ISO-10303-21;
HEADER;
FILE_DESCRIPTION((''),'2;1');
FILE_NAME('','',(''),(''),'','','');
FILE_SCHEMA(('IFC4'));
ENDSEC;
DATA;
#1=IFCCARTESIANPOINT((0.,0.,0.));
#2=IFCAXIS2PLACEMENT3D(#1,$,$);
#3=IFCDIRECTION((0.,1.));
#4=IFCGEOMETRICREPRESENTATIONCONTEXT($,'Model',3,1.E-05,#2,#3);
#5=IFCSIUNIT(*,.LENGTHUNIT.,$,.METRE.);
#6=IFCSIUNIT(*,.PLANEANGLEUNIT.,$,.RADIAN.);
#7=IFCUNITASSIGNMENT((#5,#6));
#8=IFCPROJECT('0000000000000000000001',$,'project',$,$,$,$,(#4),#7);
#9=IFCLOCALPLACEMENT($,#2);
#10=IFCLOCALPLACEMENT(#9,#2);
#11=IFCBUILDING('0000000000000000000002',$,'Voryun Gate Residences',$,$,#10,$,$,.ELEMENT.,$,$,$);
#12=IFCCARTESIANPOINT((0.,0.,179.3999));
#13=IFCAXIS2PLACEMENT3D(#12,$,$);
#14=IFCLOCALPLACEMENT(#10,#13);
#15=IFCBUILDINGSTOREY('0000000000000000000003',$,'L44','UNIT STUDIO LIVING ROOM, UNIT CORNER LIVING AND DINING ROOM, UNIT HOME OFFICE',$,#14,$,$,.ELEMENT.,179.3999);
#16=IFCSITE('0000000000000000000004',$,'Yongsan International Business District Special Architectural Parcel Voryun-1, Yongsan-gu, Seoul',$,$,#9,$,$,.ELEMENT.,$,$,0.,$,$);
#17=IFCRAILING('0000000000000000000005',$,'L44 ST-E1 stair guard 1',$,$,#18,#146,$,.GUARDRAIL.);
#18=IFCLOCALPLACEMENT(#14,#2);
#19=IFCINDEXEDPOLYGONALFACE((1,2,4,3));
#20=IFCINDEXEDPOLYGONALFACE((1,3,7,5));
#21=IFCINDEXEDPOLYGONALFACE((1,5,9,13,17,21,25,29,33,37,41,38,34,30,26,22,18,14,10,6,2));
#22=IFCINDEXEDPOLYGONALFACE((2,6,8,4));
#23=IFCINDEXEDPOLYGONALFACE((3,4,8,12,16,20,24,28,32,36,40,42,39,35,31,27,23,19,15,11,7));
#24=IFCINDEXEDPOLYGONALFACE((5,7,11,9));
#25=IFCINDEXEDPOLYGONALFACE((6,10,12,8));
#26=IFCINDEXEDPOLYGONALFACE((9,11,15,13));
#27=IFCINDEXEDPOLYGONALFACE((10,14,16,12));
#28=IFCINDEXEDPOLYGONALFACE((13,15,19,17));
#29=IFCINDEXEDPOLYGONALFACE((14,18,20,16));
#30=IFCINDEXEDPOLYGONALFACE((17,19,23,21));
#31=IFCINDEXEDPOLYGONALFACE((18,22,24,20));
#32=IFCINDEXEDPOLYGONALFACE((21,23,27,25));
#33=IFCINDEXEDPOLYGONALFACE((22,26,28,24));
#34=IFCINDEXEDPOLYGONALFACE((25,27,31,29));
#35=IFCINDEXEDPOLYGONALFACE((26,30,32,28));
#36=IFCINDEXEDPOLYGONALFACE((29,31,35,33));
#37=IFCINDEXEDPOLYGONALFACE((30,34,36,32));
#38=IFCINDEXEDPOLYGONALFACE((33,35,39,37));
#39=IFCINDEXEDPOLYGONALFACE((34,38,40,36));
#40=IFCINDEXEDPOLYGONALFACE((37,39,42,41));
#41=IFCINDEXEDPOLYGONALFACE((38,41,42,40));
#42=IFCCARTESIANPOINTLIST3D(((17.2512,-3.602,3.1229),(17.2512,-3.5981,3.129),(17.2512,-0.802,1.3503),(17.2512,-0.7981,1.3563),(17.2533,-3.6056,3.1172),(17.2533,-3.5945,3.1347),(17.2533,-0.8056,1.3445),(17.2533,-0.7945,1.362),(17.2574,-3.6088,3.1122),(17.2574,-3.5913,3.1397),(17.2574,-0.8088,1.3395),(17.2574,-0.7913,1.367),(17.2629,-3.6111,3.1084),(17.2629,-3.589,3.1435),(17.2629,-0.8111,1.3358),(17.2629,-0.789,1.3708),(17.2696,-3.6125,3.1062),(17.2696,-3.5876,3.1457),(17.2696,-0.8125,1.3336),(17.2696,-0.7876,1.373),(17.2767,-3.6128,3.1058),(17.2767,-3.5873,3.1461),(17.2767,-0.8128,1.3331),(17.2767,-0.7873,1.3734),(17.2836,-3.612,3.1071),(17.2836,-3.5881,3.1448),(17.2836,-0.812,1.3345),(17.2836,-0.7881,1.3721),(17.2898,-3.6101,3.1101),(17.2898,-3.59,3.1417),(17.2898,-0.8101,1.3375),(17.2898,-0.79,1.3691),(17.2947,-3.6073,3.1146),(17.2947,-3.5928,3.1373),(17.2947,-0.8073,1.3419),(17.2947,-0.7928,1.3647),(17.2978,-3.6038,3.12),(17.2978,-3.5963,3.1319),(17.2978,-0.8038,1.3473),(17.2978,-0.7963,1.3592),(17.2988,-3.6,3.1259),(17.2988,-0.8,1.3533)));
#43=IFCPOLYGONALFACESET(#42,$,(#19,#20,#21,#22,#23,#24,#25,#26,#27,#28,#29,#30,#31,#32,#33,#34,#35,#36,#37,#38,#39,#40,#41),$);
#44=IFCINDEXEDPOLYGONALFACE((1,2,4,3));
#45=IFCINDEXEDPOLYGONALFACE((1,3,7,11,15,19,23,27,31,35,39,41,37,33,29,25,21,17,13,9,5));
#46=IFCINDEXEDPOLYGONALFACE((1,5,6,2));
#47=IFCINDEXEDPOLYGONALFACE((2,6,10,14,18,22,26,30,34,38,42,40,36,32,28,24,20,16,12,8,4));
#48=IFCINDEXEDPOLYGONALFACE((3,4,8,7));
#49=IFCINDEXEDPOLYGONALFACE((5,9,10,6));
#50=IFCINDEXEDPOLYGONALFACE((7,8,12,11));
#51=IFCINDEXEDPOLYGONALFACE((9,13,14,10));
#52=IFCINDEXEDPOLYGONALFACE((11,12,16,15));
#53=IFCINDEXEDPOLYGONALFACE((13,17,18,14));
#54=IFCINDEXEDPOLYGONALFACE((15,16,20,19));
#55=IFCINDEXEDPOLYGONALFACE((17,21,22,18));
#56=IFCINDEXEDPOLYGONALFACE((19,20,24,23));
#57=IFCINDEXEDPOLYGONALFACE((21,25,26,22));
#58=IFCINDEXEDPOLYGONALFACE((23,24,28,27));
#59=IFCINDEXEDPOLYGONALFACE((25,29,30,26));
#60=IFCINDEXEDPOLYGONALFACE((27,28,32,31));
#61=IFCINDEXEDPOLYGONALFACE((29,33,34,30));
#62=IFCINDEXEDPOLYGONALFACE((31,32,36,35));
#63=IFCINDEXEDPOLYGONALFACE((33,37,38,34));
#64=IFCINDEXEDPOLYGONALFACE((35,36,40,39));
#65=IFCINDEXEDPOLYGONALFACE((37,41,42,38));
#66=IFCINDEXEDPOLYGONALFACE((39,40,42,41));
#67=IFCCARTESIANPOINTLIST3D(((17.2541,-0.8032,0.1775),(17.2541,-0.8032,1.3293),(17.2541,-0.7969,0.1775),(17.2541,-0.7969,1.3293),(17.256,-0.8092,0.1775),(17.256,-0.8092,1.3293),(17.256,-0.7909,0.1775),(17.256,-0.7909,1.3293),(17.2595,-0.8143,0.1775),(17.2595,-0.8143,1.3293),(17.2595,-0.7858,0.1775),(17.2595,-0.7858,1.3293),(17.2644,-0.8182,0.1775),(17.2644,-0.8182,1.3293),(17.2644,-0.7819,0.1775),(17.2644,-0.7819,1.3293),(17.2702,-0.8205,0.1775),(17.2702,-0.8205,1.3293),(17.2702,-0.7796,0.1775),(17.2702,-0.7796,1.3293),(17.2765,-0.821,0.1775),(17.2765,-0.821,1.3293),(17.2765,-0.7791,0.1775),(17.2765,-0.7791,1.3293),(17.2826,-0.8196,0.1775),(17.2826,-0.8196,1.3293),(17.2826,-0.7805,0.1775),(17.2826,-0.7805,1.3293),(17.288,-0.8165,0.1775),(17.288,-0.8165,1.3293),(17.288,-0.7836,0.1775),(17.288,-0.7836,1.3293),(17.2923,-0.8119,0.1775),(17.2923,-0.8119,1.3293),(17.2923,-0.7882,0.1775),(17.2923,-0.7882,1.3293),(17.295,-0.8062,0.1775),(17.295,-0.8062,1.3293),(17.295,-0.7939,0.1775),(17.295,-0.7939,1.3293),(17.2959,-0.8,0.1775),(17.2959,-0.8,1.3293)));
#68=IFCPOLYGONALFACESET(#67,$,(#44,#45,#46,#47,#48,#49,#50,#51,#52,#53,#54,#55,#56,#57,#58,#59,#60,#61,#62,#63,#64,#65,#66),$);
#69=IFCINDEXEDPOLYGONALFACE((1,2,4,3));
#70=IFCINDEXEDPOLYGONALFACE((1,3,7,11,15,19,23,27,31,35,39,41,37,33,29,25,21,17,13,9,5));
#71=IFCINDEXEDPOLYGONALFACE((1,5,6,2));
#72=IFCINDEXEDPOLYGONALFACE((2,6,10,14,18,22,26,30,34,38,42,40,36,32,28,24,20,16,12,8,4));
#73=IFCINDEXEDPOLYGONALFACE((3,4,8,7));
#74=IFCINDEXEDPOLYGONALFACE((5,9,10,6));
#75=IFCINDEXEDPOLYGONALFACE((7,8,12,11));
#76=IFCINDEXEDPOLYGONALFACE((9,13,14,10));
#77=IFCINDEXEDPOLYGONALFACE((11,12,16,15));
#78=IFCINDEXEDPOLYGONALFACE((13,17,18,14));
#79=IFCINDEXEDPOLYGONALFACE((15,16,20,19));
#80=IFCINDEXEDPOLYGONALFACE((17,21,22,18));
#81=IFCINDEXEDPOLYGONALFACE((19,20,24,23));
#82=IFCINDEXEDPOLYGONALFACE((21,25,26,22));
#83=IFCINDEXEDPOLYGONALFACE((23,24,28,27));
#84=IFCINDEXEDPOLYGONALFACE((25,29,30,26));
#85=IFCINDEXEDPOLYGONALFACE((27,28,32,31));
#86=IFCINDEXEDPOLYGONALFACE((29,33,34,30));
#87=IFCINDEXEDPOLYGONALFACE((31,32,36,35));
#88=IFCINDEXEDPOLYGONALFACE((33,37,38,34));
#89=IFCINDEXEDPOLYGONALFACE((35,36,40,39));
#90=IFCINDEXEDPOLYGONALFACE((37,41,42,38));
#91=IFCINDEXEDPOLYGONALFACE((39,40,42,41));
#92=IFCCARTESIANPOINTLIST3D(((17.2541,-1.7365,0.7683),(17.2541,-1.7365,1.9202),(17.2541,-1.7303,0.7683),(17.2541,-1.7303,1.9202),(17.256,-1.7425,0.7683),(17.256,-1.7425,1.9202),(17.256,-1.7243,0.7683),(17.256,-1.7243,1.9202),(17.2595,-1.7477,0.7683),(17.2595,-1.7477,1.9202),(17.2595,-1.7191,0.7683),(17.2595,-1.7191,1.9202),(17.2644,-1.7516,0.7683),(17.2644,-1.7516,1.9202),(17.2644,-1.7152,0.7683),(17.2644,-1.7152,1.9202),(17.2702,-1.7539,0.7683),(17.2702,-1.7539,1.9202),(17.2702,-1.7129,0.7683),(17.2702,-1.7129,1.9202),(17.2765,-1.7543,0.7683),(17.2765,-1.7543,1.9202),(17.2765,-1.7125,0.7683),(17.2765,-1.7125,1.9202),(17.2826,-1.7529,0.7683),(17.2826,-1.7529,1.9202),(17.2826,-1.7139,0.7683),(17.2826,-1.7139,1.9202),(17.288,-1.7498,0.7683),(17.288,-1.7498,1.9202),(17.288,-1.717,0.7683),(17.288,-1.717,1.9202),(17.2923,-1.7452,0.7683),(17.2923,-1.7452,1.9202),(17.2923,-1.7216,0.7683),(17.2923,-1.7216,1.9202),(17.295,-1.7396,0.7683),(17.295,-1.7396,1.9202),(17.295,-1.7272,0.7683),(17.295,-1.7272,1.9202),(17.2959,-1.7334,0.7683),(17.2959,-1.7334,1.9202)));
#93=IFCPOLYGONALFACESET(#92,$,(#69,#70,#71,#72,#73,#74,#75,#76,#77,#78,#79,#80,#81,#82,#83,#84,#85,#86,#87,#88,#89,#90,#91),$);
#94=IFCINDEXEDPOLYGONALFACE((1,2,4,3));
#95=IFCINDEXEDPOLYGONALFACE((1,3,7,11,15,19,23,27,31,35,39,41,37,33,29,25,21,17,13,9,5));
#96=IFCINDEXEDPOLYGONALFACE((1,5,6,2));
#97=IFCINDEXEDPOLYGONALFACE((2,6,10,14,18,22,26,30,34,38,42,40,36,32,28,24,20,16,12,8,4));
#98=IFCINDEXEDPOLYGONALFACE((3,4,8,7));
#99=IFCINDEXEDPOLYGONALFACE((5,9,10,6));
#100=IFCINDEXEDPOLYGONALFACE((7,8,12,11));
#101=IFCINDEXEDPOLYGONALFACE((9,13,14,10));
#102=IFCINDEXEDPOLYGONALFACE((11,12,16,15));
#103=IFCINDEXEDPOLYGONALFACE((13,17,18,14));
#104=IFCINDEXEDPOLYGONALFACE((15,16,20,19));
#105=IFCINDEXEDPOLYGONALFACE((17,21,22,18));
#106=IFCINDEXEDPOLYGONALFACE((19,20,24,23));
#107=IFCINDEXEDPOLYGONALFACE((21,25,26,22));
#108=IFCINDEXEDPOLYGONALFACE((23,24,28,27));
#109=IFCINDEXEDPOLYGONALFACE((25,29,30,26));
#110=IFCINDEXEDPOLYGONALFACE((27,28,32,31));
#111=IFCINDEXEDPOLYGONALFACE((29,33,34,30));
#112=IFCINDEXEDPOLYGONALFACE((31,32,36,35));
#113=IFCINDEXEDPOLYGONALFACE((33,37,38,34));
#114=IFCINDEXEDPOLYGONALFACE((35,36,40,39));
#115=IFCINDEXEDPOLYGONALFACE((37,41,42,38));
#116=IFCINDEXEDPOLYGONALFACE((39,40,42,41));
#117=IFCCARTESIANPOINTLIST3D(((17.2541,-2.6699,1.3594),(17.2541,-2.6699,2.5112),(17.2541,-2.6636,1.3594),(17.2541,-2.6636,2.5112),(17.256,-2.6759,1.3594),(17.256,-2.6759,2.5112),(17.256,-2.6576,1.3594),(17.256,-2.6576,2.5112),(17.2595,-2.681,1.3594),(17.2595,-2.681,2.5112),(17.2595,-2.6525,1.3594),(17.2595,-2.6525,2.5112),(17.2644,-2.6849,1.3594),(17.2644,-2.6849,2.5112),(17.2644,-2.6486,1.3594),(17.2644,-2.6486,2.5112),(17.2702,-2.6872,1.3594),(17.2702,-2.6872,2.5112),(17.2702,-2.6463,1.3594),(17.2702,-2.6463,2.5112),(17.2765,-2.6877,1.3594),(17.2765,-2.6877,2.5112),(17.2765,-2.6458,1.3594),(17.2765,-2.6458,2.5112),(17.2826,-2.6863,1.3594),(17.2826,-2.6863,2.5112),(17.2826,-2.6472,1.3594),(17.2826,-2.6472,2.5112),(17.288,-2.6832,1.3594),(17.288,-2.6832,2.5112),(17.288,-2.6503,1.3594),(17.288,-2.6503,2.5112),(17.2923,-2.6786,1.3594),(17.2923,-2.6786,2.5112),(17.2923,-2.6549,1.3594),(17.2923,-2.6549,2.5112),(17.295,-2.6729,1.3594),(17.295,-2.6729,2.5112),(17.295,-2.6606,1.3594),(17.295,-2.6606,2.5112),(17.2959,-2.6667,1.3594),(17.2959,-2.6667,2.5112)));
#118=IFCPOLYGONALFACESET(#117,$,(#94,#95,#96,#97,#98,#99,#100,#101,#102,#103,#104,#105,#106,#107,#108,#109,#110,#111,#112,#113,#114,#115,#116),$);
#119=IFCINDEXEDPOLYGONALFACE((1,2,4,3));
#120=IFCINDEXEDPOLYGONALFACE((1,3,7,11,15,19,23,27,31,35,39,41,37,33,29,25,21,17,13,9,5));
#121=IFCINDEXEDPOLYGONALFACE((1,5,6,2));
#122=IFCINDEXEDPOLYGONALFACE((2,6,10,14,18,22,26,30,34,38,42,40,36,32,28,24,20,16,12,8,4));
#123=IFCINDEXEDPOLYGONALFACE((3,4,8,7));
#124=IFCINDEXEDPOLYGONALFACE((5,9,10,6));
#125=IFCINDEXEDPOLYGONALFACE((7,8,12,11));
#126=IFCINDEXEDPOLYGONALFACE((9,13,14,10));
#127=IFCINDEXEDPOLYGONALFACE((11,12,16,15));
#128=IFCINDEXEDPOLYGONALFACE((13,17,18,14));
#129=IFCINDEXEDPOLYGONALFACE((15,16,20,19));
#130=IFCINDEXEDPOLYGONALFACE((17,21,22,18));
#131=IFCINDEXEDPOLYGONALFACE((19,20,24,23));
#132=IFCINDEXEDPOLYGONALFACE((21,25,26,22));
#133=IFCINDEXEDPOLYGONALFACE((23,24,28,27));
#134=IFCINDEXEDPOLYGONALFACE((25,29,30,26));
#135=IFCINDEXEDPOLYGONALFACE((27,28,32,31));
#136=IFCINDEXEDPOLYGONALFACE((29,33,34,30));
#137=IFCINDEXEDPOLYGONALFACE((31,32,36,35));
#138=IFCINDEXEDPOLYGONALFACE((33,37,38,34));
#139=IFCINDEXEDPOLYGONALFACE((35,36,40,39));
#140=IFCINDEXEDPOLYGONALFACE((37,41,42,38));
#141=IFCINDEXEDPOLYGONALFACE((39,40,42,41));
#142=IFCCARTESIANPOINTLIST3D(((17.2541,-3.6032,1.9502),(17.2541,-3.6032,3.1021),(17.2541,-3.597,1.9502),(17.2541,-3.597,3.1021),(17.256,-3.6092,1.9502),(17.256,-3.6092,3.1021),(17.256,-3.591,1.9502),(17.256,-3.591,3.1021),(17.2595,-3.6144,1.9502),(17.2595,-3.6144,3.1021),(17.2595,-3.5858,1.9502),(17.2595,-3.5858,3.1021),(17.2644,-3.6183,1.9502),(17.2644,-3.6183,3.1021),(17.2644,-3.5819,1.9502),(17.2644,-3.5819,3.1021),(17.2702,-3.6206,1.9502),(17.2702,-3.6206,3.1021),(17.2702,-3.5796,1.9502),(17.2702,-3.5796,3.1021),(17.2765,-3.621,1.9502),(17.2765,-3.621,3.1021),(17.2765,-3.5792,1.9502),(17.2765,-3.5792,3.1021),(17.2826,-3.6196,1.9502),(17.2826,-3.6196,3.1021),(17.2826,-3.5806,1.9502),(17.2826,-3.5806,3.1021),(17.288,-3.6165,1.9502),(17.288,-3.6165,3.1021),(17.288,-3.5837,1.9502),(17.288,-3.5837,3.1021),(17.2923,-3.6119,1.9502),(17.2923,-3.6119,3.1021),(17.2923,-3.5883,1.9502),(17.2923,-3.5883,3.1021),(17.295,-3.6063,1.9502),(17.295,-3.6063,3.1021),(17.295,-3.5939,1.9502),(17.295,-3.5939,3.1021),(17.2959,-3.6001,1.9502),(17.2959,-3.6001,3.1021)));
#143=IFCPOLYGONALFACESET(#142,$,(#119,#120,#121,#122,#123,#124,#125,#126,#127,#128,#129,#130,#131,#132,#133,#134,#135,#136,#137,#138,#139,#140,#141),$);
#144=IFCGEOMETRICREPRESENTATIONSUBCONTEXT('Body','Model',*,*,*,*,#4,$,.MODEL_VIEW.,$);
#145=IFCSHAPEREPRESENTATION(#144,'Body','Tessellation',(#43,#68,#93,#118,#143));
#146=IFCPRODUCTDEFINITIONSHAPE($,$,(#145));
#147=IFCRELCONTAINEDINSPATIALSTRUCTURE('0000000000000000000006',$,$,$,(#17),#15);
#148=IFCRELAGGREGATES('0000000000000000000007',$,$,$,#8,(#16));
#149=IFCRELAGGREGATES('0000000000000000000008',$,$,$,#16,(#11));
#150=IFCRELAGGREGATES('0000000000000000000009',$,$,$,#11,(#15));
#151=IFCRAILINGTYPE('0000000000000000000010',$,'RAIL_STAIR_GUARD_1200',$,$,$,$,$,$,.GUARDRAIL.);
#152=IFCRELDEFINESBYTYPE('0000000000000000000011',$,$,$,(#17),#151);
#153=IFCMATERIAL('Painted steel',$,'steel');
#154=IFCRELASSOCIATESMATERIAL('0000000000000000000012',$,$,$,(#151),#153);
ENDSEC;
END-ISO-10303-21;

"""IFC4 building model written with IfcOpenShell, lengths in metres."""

from ifc_helpers import new_model, si_unit, direction, frame, origin, origin_2d, place, context, subcontext, project, spatial, circle, extrude, material, type_object, element, save


model = new_model("IFC4")

# Units and contexts
model_context = context("Model", 3, precision=1e-05, world=origin(), true_north=direction((0.0, 1.0)))
body_context = subcontext(model_context, "Body", "Model", "MODEL_VIEW")
ifc_project = project(units=[si_unit("LENGTHUNIT", "METRE"), si_unit("PLANEANGLEUNIT", "RADIAN")], contexts=[model_context])

# Site, building, storey
site_placement = place(None, origin())
site = spatial("IfcSite", under=ifc_project, at=site_placement, Name="Yongsan International Business District Special Architectural Parcel Voryun-1, Yongsan-gu, Seoul", CompositionType="ELEMENT", RefElevation=0.0)
building_placement = place(site_placement, origin())
building = spatial("IfcBuilding", under=site, at=building_placement, Name="Voryun Gate Residences", CompositionType="ELEMENT")
storey_placement = place(building_placement, frame((0.0, 0.0, 179.3999)))
storey = spatial("IfcBuildingStorey", under=building, at=storey_placement, Name="L44", Description="UNIT STUDIO LIVING ROOM, UNIT CORNER LIVING AND DINING ROOM, UNIT HOME OFFICE", CompositionType="ELEMENT", Elevation=179.3999)

# Railing
ifc_material_1 = material(Name="Painted steel", Category="steel")
railing_type_1 = type_object("IfcRailingType", Name="RAIL_STAIR_GUARD_1200", PredefinedType="GUARDRAIL", material=ifc_material_1)
railing_1_placement = place(storey_placement, frame((17.2749, -0.8, 0.1775)))
element("IfcRailing", 1, at=railing_1_placement, inside=storey, type_object=railing_type_1, Name="L44 ST-E1 stair guard 1", PredefinedType="GUARDRAIL", context=body_context, shape_type="SweptSolid", body=[
    extrude(circle(Radius=0.0239, at=origin_2d()), frame((0.0, 0.0, 1.1758), z_axis=(0.0, -0.844909, 0.53491), x_axis=(1.0, 0.0, 0.0)), (0.0, 0.0, 1.0), 3.314),
    extrude(circle(Radius=0.021, at=origin_2d()), origin(), (0.0, 0.0, 1.0), 1.1519),
    extrude(circle(Radius=0.021, at=origin_2d()), frame((0.0, -0.9333, 0.5908)), (0.0, 0.0, 1.0), 1.1519),
    extrude(circle(Radius=0.021, at=origin_2d()), frame((0.0, -1.8667, 1.1819)), (0.0, 0.0, 1.0), 1.1519),
    extrude(circle(Radius=0.021, at=origin_2d()), frame((0.0, -2.8, 1.7727)), (0.0, 0.0, 1.0), 1.1519),
])

save(model, "model.ifc")
